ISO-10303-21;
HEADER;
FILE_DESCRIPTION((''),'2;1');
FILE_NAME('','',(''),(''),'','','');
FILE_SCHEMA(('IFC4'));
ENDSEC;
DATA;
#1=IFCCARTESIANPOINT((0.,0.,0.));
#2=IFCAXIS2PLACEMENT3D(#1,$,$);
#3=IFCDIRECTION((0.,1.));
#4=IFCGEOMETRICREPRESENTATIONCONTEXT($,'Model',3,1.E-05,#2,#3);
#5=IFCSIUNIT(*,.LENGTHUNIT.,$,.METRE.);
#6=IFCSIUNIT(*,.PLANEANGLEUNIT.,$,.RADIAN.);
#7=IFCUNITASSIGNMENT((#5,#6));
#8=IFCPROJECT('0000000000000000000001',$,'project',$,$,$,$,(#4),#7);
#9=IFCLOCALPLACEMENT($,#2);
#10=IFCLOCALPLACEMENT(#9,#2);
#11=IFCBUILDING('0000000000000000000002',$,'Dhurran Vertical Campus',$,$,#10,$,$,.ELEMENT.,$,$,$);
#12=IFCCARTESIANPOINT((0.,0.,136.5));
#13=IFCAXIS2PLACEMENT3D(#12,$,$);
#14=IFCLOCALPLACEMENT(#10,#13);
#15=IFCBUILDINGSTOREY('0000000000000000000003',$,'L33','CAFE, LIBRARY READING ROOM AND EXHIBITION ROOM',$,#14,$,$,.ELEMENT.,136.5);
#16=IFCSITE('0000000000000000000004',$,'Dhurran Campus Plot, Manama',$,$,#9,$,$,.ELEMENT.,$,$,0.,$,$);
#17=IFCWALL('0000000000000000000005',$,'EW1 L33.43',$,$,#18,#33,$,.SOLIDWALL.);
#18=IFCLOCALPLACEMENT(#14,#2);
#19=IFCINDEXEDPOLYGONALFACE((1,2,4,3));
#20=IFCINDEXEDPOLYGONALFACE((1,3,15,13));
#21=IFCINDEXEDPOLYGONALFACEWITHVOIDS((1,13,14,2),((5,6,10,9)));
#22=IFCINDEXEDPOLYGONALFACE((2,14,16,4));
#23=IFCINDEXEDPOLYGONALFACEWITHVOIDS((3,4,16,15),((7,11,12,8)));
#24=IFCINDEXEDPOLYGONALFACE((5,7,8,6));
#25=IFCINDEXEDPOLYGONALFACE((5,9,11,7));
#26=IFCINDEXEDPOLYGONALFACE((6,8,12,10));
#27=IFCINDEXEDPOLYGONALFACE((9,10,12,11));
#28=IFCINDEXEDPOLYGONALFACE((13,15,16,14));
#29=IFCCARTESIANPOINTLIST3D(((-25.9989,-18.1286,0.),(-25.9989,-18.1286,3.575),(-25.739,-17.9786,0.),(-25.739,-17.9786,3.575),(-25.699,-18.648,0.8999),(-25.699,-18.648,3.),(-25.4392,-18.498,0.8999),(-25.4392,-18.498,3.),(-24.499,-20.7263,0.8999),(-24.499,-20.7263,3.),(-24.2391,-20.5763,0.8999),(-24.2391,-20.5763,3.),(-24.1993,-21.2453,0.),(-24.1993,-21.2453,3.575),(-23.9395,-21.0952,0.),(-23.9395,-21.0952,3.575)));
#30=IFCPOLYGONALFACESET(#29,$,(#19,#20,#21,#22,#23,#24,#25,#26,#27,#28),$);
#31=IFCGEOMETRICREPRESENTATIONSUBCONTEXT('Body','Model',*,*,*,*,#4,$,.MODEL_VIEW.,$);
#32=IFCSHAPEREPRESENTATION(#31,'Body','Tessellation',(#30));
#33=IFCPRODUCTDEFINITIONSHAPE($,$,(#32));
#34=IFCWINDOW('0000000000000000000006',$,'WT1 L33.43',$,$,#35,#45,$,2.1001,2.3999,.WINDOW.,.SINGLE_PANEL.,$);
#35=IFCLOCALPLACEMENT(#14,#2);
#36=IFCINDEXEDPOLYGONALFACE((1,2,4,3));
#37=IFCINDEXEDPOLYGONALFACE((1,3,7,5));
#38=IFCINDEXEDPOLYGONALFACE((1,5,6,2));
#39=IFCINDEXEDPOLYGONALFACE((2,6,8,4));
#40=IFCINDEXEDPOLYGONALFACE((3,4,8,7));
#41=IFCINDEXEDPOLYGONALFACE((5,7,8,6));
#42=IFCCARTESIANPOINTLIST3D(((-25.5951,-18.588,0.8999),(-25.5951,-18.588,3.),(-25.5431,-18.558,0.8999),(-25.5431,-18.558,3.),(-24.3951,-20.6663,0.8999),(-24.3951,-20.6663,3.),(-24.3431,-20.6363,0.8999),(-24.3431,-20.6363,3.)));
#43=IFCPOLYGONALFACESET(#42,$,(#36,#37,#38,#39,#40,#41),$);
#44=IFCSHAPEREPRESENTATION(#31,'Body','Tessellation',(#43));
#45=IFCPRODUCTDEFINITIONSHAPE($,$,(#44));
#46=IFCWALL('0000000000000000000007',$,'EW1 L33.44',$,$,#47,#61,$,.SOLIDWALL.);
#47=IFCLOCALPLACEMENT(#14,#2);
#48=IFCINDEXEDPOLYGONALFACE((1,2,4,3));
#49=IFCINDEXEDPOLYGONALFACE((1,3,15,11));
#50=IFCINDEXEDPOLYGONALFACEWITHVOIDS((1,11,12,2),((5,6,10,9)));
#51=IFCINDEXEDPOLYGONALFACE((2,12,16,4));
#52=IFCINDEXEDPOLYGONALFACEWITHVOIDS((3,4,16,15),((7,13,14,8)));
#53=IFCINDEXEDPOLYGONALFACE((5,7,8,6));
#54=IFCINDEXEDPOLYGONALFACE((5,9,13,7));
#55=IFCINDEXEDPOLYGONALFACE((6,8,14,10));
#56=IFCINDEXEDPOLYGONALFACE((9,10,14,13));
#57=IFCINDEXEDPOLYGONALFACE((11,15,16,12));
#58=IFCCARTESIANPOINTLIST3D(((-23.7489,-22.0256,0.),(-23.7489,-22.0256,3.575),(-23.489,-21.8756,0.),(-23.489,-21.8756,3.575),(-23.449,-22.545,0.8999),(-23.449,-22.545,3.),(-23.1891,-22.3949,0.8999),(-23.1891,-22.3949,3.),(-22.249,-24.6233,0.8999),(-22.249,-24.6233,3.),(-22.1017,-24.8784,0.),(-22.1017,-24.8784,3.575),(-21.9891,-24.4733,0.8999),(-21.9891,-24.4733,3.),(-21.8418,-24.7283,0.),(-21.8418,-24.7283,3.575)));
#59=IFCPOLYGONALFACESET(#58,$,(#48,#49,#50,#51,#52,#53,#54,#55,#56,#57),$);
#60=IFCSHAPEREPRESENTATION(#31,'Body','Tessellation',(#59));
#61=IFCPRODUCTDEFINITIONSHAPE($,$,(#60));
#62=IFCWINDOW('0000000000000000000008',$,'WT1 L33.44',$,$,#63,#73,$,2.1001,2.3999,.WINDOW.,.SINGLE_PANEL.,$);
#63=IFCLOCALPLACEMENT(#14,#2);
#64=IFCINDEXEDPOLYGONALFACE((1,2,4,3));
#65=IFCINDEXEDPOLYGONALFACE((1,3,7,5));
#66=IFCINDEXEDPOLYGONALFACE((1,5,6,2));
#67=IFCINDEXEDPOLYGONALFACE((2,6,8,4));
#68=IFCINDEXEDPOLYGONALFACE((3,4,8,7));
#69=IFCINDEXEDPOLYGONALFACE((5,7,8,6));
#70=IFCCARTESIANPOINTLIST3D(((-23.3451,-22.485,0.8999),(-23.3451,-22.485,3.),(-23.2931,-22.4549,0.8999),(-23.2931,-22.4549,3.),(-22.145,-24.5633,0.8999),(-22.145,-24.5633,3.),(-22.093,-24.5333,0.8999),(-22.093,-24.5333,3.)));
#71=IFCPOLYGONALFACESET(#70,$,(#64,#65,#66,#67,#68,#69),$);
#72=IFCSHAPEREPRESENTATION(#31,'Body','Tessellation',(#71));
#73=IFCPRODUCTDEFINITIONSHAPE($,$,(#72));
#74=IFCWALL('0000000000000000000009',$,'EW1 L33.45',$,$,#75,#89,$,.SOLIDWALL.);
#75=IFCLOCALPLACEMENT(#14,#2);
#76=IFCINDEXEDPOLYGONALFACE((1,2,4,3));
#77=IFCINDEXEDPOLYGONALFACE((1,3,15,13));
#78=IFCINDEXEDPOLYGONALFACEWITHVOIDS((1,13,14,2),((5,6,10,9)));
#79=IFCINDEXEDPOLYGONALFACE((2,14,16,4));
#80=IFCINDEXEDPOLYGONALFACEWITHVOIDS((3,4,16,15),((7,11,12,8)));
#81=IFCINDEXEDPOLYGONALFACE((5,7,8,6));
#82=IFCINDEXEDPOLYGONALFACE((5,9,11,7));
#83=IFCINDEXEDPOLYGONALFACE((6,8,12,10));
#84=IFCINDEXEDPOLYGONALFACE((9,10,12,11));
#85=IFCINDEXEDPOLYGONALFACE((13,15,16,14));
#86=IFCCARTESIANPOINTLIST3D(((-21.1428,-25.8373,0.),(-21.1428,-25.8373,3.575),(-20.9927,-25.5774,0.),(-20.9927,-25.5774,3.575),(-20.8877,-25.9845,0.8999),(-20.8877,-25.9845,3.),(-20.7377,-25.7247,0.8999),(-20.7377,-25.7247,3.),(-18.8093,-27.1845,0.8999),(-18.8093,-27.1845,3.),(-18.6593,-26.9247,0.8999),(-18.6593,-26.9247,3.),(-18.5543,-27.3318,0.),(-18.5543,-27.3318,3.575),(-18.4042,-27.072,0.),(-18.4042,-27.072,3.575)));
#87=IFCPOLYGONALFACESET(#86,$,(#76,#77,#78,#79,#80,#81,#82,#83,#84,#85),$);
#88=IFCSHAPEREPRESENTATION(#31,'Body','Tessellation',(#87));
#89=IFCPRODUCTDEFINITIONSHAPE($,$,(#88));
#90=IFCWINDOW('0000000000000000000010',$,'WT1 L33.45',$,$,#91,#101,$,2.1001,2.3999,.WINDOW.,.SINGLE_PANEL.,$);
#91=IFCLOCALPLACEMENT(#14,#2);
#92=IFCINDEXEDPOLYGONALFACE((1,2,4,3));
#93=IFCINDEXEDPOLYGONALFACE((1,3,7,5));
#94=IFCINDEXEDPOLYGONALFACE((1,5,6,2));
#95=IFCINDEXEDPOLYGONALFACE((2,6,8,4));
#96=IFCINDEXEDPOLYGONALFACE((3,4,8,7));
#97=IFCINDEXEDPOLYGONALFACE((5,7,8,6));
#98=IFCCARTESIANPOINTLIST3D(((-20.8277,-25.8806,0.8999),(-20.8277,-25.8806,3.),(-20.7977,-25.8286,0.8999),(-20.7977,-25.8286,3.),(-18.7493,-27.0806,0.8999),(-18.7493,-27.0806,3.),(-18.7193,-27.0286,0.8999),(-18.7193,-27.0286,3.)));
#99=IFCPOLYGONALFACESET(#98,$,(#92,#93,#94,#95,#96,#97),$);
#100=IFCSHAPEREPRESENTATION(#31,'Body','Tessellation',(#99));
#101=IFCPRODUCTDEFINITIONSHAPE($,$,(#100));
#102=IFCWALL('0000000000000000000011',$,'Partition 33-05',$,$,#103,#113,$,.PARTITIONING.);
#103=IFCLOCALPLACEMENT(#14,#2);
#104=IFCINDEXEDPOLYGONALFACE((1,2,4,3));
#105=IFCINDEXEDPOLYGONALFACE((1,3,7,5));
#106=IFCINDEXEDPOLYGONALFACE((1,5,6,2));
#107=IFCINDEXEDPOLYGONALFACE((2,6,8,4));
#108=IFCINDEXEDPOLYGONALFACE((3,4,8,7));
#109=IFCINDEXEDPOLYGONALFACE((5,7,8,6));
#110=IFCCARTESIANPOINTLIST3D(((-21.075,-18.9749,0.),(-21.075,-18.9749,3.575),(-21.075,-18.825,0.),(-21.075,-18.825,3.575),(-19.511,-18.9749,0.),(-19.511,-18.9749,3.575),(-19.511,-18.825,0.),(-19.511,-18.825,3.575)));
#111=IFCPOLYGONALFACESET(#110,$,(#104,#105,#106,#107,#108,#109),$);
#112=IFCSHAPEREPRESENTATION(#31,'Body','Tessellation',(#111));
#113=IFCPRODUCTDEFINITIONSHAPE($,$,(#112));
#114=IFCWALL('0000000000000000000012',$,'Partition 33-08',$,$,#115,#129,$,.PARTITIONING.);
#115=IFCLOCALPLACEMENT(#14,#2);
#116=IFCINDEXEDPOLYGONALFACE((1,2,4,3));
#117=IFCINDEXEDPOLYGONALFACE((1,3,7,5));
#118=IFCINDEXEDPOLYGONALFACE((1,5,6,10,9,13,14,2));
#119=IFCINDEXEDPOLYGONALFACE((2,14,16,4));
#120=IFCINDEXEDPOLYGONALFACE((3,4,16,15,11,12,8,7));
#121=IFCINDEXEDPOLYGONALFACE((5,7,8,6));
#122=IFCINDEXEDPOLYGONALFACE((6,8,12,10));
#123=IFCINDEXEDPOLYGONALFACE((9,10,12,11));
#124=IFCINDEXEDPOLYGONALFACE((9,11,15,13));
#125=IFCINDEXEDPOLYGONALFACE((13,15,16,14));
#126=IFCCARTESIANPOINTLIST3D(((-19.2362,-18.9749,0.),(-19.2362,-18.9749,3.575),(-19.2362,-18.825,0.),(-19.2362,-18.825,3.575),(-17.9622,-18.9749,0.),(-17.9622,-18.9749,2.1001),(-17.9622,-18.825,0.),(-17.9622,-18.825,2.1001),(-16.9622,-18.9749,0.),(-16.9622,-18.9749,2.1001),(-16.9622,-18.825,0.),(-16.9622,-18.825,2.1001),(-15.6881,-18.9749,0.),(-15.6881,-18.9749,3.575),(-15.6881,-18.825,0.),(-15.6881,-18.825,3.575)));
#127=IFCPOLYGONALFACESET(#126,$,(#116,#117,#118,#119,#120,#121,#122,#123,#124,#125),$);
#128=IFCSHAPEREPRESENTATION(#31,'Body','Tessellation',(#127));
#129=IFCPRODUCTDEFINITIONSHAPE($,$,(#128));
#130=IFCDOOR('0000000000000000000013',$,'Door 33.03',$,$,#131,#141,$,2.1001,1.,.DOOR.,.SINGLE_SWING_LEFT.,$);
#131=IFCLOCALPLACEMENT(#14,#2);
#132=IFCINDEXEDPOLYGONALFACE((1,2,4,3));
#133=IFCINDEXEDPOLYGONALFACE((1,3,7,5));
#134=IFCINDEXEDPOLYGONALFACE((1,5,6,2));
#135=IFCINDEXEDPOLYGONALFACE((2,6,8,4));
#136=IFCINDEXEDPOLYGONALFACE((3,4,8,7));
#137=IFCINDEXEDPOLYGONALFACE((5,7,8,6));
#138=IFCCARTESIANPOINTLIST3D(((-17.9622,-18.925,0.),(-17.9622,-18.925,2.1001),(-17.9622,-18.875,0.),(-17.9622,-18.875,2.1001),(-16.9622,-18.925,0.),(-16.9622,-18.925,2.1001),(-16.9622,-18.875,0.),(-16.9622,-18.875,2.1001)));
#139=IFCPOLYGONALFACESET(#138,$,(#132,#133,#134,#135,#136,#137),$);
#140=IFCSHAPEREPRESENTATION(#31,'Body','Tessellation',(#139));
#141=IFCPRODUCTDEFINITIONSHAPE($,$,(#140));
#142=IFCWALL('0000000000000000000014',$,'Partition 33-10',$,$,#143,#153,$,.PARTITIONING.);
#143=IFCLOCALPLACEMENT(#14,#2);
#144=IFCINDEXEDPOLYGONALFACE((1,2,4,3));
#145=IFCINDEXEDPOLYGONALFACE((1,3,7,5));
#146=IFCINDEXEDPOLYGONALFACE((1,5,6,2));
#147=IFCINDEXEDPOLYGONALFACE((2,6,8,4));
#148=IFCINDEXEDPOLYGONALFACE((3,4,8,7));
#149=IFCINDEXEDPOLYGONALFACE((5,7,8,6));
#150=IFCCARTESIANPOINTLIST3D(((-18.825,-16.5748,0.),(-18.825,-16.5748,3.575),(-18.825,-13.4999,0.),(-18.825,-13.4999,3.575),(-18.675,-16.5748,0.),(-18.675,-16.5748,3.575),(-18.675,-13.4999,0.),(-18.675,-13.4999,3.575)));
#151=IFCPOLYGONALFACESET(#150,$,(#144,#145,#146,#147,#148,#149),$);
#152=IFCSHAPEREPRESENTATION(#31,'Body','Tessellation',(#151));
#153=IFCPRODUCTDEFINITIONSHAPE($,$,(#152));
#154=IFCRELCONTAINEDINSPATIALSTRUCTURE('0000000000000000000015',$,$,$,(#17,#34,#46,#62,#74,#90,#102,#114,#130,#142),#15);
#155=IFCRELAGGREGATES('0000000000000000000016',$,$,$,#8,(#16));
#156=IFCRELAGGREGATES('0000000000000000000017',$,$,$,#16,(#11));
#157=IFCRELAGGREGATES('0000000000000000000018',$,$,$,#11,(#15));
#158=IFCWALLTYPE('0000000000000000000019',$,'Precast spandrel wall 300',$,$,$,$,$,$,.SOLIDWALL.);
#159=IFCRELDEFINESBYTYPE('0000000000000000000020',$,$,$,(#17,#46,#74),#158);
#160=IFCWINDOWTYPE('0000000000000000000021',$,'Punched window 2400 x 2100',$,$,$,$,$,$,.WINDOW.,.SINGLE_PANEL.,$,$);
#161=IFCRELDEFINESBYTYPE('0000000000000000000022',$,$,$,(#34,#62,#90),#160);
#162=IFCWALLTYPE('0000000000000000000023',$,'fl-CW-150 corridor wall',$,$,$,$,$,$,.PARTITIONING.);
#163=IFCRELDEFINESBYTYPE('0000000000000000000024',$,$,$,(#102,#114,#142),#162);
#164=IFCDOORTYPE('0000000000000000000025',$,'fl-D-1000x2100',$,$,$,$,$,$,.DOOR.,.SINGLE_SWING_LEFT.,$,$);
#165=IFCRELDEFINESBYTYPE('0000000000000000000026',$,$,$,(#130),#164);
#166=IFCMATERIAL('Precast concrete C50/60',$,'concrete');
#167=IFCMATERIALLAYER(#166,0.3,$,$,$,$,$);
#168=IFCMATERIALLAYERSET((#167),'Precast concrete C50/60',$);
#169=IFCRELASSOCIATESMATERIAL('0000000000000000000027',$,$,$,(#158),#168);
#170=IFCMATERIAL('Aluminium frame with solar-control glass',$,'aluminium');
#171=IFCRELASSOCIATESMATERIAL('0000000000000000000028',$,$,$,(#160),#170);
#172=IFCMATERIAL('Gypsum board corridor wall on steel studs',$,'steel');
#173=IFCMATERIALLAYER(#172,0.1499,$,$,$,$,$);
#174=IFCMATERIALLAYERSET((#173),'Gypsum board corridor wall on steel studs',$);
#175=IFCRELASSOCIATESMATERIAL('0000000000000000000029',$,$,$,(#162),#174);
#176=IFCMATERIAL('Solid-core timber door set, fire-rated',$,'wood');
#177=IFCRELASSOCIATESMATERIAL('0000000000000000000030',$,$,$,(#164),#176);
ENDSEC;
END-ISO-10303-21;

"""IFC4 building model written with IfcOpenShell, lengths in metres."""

from ifc_helpers import new_model, si_unit, direction, frame, frame_2d, origin, place, context, subcontext, project, spatial, rectangle, extrude, material, layer, layer_set, type_object, element, fill, save


model = new_model("IFC4")

# Units and contexts
model_context = context("Model", 3, precision=1e-05, world=origin(), true_north=direction((0.0, 1.0)))
body_context = subcontext(model_context, "Body", "Model", "MODEL_VIEW")
ifc_project = project(units=[si_unit("LENGTHUNIT", "METRE"), si_unit("PLANEANGLEUNIT", "RADIAN")], contexts=[model_context])

# Site, building, storey
site_placement = place(None, origin())
site = spatial("IfcSite", under=ifc_project, at=site_placement, Name="Dhurran Campus Plot, Manama", CompositionType="ELEMENT", RefElevation=0.0)
building_placement = place(site_placement, origin())
building = spatial("IfcBuilding", under=site, at=building_placement, Name="Dhurran Vertical Campus", CompositionType="ELEMENT")
storey_placement = place(building_placement, frame((0.0, 0.0, 136.5)))
storey = spatial("IfcBuildingStorey", under=building, at=storey_placement, Name="L33", Description="CAFE, LIBRARY READING ROOM AND EXHIBITION ROOM", CompositionType="ELEMENT", Elevation=136.5)

# Walls, openings, windows
ifc_material_1 = material(Name="Precast concrete C50/60", Category="concrete")
ifc_layer_1 = layer(ifc_material_1, 0.3)
ifc_layer_set_1 = layer_set([ifc_layer_1], Name="Precast concrete C50/60")
wall_type_1 = type_object("IfcWallType", Name="Precast spandrel wall 300", PredefinedType="SOLIDWALL", material=ifc_layer_set_1)
ifc_material_2 = material(Name="Aluminium frame with solar-control glass", Category="aluminium")
window_type = type_object("IfcWindowType", Name="Punched window 2400 x 2100", PartitioningType="SINGLE_PANEL", PredefinedType="WINDOW", material=ifc_material_2)
wall_1_placement = place(storey_placement, frame((-25.8689, -18.0537, 0.0), z_axis=(0.0, 0.0, 1.0), x_axis=(0.500028, -0.866009, 0.0)))
wall_1 = element("IfcWall", 1, at=wall_1_placement, inside=storey, type_object=wall_type_1, Name="EW1 L33.43", PredefinedType="SOLIDWALL", context=body_context, shape_type="SweptSolid", body=[
    extrude(rectangle(XDim=3.5989, YDim=0.3, at=frame_2d((1.7993, 0.0))), origin(), (0.0, 0.0, 1.0), 3.575),
])
opening_1_placement = place(wall_1_placement, frame((0.5996, 0.0, 0.8999)))
opening_1 = element("IfcOpeningElement", 2, at=opening_1_placement, cuts=wall_1, PredefinedType="OPENING", context=body_context, shape_type="SweptSolid", body=[
    extrude(rectangle(XDim=2.3999, YDim=2.1001, at=frame_2d((1.2, 1.05))), frame((0.0, 0.1599, 0.0), z_axis=(0.0, -1.0, 0.0), x_axis=(1.0, 0.0, 0.0)), (0.0, 0.0, 1.0), 0.3201),
])
window_1_placement = place(opening_1_placement, origin())
window_1 = element("IfcWindow", 3, at=window_1_placement, inside=storey, type_object=window_type, Name="WT1 L33.43", OverallHeight=2.1001, OverallWidth=2.3999, PartitioningType="SINGLE_PANEL", PredefinedType="WINDOW", context=body_context, shape_type="SweptSolid", body=[
    extrude(rectangle(XDim=2.3999, YDim=2.1001, at=frame_2d((1.2, 1.05))), frame((0.0, 0.03, 0.0), z_axis=(0.0, -1.0, 0.0), x_axis=(1.0, 0.0, 0.0)), (0.0, 0.0, 1.0), 0.0601),
])
fill(opening_1, window_1)
wall_2_placement = place(storey_placement, frame((-23.6189, -21.9507, 0.0), z_axis=(0.0, 0.0, 1.0), x_axis=(0.500037, -0.866004, 0.0)))
wall_2 = element("IfcWall", 4, at=wall_2_placement, inside=storey, type_object=wall_type_1, Name="EW1 L33.44", PredefinedType="SOLIDWALL", context=body_context, shape_type="SweptSolid", body=[
    extrude(rectangle(XDim=3.2942, YDim=0.3, at=frame_2d((1.647, 0.0))), origin(), (0.0, 0.0, 1.0), 3.575),
])
opening_2_placement = place(wall_2_placement, frame((0.5996, 0.0, 0.8999)))
opening_2 = element("IfcOpeningElement", 5, at=opening_2_placement, cuts=wall_2, PredefinedType="OPENING", context=body_context, shape_type="SweptSolid", body=[
    extrude(rectangle(XDim=2.3999, YDim=2.1001, at=frame_2d((1.2, 1.05))), frame((0.0, 0.1599, 0.0), z_axis=(0.0, -1.0, 0.0), x_axis=(1.0, 0.0, 0.0)), (0.0, 0.0, 1.0), 0.3201),
])
window_2_placement = place(opening_2_placement, origin())
window_2 = element("IfcWindow", 6, at=window_2_placement, inside=storey, type_object=window_type, Name="WT1 L33.44", OverallHeight=2.1001, OverallWidth=2.3999, PartitioningType="SINGLE_PANEL", PredefinedType="WINDOW", context=body_context, shape_type="SweptSolid", body=[
    extrude(rectangle(XDim=2.3999, YDim=2.1001, at=frame_2d((1.2, 1.05))), frame((0.0, 0.03, 0.0), z_axis=(0.0, -1.0, 0.0), x_axis=(1.0, 0.0, 0.0)), (0.0, 0.0, 1.0), 0.0601),
])
fill(opening_2, window_2)
wall_3_placement = place(storey_placement, frame((-21.0679, -25.7073, 0.0), z_axis=(0.0, 0.0, 1.0), x_axis=(0.866013, -0.500022, 0.0)))
wall_3 = element("IfcWall", 7, at=wall_3_placement, inside=storey, type_object=wall_type_1, Name="EW1 L33.45", PredefinedType="SOLIDWALL", context=body_context, shape_type="SweptSolid", body=[
    extrude(rectangle(XDim=2.989, YDim=0.3, at=frame_2d((1.4946, 0.0))), origin(), (0.0, 0.0, 1.0), 3.575),
])
opening_3_placement = place(wall_3_placement, frame((0.2947, 0.0, 0.8999)))
opening_3 = element("IfcOpeningElement", 8, at=opening_3_placement, cuts=wall_3, PredefinedType="OPENING", context=body_context, shape_type="SweptSolid", body=[
    extrude(rectangle(XDim=2.3999, YDim=2.1001, at=frame_2d((1.2, 1.05))), frame((0.0, 0.1599, 0.0), z_axis=(0.0, -1.0, 0.0), x_axis=(1.0, 0.0, 0.0)), (0.0, 0.0, 1.0), 0.3201),
])
window_3_placement = place(opening_3_placement, origin())
window_3 = element("IfcWindow", 9, at=window_3_placement, inside=storey, type_object=window_type, Name="WT1 L33.45", OverallHeight=2.1001, OverallWidth=2.3999, PartitioningType="SINGLE_PANEL", PredefinedType="WINDOW", context=body_context, shape_type="SweptSolid", body=[
    extrude(rectangle(XDim=2.3999, YDim=2.1001, at=frame_2d((1.2, 1.05))), frame((0.0, 0.03, 0.0), z_axis=(0.0, -1.0, 0.0), x_axis=(1.0, 0.0, 0.0)), (0.0, 0.0, 1.0), 0.0601),
])
fill(opening_3, window_3)

# Wall
ifc_material_3 = material(Name="Gypsum board corridor wall on steel studs", Category="steel")
ifc_layer_2 = layer(ifc_material_3, 0.1499)
ifc_layer_set_2 = layer_set([ifc_layer_2], Name="Gypsum board corridor wall on steel studs")
wall_type_2 = type_object("IfcWallType", Name="fl-CW-150 corridor wall", PredefinedType="PARTITIONING", material=ifc_layer_set_2)
wall_4_placement = place(storey_placement, frame((-21.075, -18.8999, 0.0), z_axis=(0.0, 0.0, 1.0), x_axis=(1.0, 0.0, 0.0)))
element("IfcWall", 10, at=wall_4_placement, inside=storey, type_object=wall_type_2, Name="Partition 33-05", PredefinedType="PARTITIONING", context=body_context, shape_type="SweptSolid", body=[
    extrude(rectangle(XDim=1.564, YDim=0.1499, at=frame_2d((0.782, 0.0))), origin(), (0.0, 0.0, 1.0), 3.575),
])

# Wall, opening, door
wall_5_placement = place(storey_placement, frame((-19.2361, -18.8999, 0.0), z_axis=(0.0, 0.0, 1.0), x_axis=(1.0, 0.0, 0.0)))
wall_5 = element("IfcWall", 11, at=wall_5_placement, inside=storey, type_object=wall_type_2, Name="Partition 33-08", PredefinedType="PARTITIONING", context=body_context, shape_type="SweptSolid", body=[
    extrude(rectangle(XDim=3.5481, YDim=0.1499, at=frame_2d((1.7739, 0.0))), origin(), (0.0, 0.0, 1.0), 3.575),
])
opening_4_placement = place(wall_5_placement, frame((1.2739, 0.0, 0.0)))
opening_4 = element("IfcOpeningElement", 12, at=opening_4_placement, cuts=wall_5, PredefinedType="OPENING", context=body_context, shape_type="SweptSolid", body=[
    extrude(rectangle(XDim=1.0, YDim=2.1001, at=frame_2d((0.5, 1.05))), frame((0.0, 0.085, 0.0), z_axis=(0.0, -1.0, 0.0), x_axis=(1.0, 0.0, 0.0)), (0.0, 0.0, 1.0), 0.1699),
])
ifc_material_4 = material(Name="Solid-core timber door set, fire-rated", Category="wood")
door_type = type_object("IfcDoorType", Name="fl-D-1000x2100", OperationType="SINGLE_SWING_LEFT", PredefinedType="DOOR", material=ifc_material_4)
door_1_placement = place(opening_4_placement, origin())
door_1 = element("IfcDoor", 13, at=door_1_placement, inside=storey, type_object=door_type, Name="Door 33.03", OperationType="SINGLE_SWING_LEFT", OverallHeight=2.1001, OverallWidth=1.0, PredefinedType="DOOR", context=body_context, shape_type="SweptSolid", body=[
    extrude(rectangle(XDim=1.0, YDim=2.1001, at=frame_2d((0.5, 1.05))), frame((0.0, 0.0249, 0.0), z_axis=(0.0, -1.0, 0.0), x_axis=(1.0, 0.0, 0.0)), (0.0, 0.0, 1.0), 0.05),
])
fill(opening_4, door_1)

# Wall
wall_6_placement = place(storey_placement, frame((-18.75, -16.575, 0.0), z_axis=(0.0, 0.0, 1.0), x_axis=(0.0, 1.0, 0.0)))
element("IfcWall", 14, at=wall_6_placement, inside=storey, type_object=wall_type_2, Name="Partition 33-10", PredefinedType="PARTITIONING", context=body_context, shape_type="SweptSolid", body=[
    extrude(rectangle(XDim=3.075, YDim=0.1499, at=frame_2d((1.5376, 0.0))), origin(), (0.0, 0.0, 1.0), 3.575),
])

save(model, "model.ifc")
